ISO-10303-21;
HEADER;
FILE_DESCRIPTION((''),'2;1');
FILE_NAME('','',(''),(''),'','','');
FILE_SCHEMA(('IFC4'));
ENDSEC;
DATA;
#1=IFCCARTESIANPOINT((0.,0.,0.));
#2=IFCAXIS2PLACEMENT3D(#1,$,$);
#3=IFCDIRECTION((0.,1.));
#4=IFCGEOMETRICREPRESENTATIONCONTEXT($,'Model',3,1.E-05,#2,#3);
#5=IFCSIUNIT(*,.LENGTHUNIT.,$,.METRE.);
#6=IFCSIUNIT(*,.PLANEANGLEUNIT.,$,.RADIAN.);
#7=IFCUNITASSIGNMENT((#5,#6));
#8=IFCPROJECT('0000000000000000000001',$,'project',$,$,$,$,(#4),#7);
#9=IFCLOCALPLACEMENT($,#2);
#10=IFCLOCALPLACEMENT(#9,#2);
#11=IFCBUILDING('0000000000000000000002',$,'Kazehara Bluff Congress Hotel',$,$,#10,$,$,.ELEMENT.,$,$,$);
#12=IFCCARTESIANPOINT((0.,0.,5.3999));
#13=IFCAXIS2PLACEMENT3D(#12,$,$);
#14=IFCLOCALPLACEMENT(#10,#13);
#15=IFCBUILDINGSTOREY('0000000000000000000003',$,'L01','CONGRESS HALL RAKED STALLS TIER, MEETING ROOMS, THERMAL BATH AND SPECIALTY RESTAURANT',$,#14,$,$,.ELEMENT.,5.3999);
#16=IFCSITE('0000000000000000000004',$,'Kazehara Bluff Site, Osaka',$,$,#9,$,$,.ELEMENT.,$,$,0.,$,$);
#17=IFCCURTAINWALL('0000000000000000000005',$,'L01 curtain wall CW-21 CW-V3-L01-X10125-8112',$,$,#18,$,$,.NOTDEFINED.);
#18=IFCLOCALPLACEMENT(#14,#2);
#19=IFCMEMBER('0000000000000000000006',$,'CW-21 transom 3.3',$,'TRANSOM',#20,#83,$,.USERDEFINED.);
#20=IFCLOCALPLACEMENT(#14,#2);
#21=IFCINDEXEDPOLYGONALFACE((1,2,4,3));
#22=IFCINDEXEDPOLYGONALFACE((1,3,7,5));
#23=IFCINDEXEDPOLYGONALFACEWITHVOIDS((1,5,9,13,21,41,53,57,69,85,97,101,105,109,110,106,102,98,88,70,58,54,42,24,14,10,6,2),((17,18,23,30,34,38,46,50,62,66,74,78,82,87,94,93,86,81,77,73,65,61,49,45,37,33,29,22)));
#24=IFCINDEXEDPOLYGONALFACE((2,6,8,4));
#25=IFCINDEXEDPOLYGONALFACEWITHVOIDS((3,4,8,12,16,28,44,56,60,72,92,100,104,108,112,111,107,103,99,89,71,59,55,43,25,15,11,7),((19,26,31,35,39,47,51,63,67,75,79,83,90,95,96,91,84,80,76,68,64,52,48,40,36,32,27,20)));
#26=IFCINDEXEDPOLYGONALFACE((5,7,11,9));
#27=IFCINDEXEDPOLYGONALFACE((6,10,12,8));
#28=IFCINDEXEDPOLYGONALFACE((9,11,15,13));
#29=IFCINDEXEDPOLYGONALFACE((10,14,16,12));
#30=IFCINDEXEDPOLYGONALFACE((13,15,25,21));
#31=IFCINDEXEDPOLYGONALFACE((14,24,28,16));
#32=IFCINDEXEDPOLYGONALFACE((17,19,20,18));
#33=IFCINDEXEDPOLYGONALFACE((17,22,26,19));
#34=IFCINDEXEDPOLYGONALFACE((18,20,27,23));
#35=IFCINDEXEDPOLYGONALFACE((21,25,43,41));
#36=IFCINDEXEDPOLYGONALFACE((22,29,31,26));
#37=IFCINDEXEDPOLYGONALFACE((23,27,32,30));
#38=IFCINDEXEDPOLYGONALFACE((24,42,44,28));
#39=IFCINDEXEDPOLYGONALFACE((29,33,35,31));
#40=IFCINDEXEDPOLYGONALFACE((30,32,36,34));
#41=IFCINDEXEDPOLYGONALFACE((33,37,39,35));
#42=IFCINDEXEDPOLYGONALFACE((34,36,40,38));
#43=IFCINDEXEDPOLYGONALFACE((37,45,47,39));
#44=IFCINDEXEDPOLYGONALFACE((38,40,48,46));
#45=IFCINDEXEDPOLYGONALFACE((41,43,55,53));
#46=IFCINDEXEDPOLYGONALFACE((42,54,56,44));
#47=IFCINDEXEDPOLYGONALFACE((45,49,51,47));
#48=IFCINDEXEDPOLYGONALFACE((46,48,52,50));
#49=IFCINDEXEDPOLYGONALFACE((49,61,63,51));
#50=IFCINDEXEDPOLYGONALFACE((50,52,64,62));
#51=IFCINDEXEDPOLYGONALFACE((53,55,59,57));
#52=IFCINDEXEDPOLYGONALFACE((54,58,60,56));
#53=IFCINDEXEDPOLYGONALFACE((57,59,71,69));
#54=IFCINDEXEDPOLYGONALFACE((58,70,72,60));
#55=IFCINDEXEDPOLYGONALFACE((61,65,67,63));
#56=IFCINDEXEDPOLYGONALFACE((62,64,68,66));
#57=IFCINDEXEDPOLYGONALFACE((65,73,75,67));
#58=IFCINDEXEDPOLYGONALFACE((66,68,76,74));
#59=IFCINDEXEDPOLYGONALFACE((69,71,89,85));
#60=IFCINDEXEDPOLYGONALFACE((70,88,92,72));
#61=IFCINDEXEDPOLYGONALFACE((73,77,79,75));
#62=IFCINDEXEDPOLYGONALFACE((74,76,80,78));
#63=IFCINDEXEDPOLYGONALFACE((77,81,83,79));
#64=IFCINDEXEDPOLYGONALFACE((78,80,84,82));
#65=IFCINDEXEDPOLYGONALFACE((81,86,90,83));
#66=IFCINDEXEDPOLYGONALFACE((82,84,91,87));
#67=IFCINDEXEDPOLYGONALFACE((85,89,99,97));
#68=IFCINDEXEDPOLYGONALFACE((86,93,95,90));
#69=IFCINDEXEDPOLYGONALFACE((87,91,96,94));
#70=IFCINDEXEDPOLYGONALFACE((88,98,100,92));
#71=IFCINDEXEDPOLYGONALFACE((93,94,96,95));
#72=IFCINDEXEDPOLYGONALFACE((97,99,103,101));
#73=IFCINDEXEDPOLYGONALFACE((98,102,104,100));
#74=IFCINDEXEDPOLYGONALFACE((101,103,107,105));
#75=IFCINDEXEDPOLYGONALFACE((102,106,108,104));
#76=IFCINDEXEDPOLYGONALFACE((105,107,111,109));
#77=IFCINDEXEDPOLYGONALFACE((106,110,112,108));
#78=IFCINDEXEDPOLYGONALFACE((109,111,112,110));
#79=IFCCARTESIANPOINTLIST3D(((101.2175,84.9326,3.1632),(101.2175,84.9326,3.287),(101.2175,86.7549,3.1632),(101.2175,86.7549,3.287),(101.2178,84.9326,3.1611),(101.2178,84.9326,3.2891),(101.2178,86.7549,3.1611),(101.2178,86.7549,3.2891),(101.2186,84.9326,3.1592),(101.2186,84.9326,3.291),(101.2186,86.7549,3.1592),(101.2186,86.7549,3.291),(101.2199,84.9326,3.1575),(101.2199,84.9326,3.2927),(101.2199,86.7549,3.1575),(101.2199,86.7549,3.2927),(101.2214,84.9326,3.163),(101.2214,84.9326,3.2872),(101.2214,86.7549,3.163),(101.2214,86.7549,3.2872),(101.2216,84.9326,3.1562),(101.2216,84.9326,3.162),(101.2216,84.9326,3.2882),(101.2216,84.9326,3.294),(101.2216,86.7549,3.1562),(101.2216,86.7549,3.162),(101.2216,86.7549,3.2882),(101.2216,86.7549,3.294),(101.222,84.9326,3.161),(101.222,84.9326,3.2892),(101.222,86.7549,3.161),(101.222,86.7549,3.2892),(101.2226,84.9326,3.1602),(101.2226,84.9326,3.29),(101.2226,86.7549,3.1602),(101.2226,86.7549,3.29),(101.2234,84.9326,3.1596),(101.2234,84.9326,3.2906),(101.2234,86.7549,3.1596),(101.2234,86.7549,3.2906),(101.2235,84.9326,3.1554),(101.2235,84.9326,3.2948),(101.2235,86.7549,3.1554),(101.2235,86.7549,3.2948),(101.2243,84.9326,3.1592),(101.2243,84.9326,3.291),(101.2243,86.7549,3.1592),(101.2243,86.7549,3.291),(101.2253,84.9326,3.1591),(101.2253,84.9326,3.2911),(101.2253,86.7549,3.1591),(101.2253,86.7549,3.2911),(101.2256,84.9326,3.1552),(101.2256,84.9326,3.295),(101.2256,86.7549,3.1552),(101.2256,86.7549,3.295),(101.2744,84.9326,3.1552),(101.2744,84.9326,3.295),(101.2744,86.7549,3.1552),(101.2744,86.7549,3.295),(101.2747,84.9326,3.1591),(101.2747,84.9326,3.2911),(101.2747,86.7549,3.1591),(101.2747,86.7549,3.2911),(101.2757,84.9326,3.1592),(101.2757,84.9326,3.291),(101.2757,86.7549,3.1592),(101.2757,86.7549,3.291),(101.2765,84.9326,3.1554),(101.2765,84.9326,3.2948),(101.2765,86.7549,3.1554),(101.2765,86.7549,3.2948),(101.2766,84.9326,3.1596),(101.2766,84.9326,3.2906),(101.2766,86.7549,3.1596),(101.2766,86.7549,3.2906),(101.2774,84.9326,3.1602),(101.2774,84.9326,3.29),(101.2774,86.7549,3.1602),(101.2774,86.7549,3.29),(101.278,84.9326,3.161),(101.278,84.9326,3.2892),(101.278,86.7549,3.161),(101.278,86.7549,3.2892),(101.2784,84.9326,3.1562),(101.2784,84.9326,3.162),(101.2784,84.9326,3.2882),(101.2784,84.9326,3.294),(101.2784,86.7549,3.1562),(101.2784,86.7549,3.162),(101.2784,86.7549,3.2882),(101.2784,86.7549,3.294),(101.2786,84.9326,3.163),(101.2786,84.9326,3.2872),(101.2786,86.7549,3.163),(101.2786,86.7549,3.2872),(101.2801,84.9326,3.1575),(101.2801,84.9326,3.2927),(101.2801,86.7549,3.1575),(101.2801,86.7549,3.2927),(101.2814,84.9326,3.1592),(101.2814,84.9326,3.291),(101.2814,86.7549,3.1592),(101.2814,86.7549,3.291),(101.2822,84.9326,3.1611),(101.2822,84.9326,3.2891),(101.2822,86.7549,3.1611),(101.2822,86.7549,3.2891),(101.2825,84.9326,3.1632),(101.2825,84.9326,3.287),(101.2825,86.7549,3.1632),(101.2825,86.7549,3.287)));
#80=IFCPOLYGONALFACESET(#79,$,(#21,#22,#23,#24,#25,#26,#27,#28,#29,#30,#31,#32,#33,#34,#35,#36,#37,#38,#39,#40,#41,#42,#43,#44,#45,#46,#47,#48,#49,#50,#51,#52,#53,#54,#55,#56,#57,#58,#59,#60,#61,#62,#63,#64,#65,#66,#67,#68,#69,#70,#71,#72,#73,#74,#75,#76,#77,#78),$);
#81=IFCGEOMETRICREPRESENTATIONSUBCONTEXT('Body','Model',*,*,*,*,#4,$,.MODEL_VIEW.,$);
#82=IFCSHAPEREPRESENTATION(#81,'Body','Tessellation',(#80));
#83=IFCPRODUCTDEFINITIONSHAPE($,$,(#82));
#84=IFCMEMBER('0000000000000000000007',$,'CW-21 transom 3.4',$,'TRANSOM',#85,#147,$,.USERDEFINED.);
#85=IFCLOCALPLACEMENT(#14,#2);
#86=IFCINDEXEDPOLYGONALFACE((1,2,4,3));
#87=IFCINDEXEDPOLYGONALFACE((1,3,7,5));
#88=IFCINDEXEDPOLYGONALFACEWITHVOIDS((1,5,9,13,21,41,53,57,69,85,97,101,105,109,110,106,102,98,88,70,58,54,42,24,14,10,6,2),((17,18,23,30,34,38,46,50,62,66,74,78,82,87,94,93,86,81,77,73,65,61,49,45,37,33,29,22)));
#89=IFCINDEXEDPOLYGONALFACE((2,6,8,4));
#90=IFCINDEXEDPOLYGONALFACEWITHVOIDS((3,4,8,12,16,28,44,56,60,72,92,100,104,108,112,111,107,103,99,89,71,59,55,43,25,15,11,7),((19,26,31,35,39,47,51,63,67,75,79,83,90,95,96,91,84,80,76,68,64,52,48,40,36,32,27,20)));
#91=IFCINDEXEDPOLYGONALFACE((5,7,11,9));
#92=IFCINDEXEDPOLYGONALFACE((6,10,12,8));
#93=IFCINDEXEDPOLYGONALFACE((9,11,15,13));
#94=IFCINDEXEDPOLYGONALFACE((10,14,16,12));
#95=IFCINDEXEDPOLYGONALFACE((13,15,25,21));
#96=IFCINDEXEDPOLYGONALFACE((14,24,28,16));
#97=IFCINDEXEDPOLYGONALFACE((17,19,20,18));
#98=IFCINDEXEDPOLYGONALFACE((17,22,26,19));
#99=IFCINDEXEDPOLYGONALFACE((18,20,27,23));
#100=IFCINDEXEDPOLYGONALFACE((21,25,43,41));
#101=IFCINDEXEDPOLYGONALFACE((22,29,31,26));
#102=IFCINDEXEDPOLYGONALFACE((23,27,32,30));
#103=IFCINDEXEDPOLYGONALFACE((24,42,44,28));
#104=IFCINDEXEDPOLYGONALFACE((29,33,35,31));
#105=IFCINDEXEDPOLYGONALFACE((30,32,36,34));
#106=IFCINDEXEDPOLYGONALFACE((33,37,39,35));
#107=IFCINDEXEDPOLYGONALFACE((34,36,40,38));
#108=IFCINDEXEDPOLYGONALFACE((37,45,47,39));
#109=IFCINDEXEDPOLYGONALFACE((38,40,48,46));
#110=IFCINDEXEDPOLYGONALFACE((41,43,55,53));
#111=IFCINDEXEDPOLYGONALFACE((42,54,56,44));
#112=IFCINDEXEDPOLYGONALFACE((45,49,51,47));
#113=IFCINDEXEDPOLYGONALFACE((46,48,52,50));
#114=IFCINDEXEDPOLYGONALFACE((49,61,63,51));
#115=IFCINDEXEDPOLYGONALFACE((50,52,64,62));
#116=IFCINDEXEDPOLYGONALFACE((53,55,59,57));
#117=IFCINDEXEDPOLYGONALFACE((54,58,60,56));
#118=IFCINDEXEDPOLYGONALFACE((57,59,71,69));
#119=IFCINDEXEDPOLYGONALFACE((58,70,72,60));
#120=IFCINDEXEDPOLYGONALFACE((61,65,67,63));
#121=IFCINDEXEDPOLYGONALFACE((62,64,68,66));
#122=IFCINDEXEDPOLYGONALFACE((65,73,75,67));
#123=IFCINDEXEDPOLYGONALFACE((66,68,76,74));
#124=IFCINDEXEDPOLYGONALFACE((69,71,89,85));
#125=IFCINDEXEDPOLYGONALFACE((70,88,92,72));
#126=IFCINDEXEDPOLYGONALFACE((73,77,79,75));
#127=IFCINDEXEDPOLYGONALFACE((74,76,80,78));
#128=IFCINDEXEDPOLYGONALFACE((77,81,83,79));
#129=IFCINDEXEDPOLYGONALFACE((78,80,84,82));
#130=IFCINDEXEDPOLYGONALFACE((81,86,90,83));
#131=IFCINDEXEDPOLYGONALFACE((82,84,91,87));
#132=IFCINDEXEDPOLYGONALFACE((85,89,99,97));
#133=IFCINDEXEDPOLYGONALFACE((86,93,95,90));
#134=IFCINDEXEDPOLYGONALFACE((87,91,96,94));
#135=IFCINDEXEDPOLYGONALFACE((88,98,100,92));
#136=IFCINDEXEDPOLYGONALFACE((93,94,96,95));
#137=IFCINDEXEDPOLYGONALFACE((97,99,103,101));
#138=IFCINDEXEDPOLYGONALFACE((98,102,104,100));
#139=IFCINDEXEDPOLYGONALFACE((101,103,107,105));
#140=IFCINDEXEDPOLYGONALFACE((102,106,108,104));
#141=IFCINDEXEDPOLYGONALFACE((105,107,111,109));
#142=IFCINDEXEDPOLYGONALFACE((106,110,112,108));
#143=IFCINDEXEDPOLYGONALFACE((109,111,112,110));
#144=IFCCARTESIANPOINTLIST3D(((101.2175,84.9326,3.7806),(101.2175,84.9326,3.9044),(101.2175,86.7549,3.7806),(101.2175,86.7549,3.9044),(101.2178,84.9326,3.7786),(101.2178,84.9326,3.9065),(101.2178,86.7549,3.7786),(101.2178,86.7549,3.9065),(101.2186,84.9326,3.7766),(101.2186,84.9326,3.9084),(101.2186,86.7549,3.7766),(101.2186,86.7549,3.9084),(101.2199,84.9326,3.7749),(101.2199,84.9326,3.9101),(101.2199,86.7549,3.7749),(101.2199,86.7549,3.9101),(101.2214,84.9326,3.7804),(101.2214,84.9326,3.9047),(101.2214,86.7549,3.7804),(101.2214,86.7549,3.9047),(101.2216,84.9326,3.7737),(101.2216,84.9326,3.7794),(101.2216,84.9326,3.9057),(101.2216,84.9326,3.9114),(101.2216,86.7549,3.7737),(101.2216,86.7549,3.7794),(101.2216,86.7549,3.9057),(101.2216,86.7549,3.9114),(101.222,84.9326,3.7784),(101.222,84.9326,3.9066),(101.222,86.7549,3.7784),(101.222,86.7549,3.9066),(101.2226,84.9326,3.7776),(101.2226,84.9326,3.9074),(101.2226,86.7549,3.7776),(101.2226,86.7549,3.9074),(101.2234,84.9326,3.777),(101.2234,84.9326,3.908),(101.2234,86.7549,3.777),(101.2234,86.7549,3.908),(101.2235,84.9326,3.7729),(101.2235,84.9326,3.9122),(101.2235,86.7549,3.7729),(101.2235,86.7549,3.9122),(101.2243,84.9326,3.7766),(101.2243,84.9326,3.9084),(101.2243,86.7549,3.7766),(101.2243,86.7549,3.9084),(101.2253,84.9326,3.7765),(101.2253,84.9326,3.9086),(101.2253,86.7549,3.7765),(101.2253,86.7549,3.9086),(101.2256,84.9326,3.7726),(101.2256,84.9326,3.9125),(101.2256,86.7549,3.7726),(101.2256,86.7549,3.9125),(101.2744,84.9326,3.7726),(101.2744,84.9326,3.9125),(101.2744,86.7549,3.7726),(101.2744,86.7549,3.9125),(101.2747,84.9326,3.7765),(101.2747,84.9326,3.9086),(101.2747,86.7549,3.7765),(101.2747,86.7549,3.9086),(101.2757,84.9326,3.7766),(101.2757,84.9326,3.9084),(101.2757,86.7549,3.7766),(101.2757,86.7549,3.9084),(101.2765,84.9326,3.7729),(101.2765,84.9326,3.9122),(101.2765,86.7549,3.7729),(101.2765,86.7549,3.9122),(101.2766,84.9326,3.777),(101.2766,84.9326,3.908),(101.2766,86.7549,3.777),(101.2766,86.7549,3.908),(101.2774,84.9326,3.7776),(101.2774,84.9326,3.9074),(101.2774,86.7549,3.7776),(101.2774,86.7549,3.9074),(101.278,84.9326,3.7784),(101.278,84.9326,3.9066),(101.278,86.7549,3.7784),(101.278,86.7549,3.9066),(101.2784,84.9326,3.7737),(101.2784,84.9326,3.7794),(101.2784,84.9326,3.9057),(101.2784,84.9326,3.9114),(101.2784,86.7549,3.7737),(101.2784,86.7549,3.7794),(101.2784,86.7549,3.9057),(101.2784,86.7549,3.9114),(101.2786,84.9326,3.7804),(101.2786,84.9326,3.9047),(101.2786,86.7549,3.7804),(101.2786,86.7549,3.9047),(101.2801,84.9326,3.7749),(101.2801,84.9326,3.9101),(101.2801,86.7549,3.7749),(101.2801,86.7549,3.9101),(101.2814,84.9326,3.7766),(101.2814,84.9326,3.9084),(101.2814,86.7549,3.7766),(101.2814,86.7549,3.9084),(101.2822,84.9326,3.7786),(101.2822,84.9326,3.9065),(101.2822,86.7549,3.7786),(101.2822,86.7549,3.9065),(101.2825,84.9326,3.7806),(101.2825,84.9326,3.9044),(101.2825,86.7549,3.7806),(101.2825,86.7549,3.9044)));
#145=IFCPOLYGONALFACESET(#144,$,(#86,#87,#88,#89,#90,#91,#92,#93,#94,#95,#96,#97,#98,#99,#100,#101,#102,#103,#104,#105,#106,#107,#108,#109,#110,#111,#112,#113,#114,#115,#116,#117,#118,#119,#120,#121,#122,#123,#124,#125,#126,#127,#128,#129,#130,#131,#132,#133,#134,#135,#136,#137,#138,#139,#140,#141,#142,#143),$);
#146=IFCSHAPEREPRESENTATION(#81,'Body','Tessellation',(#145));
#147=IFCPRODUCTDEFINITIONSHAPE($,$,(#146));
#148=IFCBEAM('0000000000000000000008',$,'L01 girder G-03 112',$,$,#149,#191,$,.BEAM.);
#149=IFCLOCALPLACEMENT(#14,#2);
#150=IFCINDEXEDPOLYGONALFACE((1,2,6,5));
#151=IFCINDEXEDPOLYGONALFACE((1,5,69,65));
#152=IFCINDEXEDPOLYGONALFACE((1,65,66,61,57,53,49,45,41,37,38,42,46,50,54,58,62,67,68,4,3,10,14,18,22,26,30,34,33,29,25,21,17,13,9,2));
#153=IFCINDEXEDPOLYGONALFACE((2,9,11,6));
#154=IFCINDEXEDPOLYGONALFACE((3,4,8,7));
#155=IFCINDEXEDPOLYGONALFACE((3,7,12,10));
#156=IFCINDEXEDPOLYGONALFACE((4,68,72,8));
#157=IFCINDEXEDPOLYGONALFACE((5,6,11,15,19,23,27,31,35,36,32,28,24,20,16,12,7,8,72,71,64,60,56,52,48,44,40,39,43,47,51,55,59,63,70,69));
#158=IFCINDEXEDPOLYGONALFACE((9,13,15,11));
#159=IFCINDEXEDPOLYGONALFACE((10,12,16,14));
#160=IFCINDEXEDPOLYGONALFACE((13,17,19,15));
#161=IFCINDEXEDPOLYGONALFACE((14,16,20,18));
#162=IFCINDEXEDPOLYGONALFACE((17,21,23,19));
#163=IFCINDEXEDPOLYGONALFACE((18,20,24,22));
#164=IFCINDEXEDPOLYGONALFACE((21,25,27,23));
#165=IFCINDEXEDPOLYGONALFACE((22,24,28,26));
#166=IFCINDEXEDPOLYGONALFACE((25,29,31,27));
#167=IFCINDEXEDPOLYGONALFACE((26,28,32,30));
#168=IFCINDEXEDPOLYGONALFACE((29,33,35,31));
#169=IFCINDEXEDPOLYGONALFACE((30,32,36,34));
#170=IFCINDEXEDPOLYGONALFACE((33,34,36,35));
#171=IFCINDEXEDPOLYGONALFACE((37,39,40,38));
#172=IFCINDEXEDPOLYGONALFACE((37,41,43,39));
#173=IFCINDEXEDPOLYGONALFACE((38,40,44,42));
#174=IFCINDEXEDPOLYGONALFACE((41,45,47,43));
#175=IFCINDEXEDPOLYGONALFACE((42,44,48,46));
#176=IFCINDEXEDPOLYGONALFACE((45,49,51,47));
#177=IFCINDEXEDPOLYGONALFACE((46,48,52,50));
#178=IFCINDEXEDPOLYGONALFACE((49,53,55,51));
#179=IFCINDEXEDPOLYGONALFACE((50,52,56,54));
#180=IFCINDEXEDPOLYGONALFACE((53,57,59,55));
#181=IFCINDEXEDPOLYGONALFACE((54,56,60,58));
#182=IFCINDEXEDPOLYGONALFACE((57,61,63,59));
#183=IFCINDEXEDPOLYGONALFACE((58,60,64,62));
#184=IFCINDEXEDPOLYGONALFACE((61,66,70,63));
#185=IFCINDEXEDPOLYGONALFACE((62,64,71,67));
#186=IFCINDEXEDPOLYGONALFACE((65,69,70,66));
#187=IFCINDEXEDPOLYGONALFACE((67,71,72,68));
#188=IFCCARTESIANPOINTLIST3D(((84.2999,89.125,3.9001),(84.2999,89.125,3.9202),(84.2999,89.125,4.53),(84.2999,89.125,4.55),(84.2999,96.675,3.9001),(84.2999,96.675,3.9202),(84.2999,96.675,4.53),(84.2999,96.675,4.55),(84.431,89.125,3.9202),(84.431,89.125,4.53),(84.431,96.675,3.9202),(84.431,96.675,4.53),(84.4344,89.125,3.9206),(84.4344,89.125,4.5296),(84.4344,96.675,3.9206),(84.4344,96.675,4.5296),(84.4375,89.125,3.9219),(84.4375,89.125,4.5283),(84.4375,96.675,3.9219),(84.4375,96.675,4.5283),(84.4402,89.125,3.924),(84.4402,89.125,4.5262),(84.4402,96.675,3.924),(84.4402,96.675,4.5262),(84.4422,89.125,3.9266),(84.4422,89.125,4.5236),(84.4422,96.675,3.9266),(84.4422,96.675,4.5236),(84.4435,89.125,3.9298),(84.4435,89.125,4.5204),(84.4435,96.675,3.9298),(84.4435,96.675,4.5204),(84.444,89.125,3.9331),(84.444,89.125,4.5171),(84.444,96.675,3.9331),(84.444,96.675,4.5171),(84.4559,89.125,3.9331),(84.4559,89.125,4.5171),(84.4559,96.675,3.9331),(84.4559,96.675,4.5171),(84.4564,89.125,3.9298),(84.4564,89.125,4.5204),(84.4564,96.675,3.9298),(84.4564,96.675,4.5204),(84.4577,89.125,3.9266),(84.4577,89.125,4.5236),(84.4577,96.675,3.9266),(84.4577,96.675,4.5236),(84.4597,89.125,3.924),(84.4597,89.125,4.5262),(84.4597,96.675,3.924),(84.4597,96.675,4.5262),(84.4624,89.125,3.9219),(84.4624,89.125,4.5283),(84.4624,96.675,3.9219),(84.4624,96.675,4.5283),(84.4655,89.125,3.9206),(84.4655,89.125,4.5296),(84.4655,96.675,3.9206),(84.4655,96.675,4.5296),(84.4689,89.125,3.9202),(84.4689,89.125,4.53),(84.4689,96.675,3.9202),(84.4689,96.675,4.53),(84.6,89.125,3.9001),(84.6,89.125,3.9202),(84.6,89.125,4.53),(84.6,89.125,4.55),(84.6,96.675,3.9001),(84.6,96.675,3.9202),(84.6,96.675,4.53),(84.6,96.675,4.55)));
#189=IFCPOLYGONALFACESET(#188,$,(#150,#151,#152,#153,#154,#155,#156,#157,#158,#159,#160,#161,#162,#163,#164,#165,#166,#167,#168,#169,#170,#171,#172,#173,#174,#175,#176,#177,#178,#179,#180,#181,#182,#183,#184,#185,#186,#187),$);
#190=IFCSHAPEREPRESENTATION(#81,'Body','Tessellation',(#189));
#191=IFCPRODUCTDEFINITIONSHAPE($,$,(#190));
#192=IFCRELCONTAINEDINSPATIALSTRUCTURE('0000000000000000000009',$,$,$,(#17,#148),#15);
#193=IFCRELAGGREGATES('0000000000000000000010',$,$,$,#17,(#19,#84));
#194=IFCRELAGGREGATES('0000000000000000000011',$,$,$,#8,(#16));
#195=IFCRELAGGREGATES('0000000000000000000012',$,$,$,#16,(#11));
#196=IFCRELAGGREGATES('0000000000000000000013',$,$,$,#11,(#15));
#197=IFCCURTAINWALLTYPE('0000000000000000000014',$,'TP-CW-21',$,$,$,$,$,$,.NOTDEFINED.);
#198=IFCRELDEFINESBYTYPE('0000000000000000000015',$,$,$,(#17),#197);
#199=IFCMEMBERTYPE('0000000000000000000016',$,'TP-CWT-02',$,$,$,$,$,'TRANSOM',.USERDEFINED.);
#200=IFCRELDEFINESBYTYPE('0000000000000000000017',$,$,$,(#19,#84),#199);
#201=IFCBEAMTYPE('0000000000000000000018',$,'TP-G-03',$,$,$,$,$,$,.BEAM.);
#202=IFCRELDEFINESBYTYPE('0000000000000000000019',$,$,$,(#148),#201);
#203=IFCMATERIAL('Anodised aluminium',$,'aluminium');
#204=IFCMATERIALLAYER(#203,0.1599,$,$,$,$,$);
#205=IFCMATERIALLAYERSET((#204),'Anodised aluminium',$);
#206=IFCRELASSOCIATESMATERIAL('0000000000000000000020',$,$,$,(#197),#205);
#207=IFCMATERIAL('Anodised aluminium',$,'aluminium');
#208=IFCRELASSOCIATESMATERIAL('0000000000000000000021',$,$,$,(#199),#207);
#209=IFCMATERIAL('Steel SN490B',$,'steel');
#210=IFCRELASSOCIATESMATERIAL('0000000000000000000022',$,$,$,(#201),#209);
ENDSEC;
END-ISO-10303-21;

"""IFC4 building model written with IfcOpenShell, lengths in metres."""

from ifc_helpers import new_model, si_unit, direction, frame, origin, origin_2d, place, context, subcontext, project, spatial, hollow_rectangle, i_section, extrude, material, layer, layer_set, material_profile, profile_set, type_object, element, aggregate, save


model = new_model("IFC4")

# Units and contexts
model_context = context("Model", 3, precision=1e-05, world=origin(), true_north=direction((0.0, 1.0)))
body_context = subcontext(model_context, "Body", "Model", "MODEL_VIEW")
ifc_project = project(units=[si_unit("LENGTHUNIT", "METRE"), si_unit("PLANEANGLEUNIT", "RADIAN")], contexts=[model_context])

# Site, building, storey
site_placement = place(None, origin())
site = spatial("IfcSite", under=ifc_project, at=site_placement, Name="Kazehara Bluff Site, Osaka", CompositionType="ELEMENT", RefElevation=0.0)
building_placement = place(site_placement, origin())
building = spatial("IfcBuilding", under=site, at=building_placement, Name="Kazehara Bluff Congress Hotel", CompositionType="ELEMENT")
storey_placement = place(building_placement, frame((0.0, 0.0, 5.3999)))
storey = spatial("IfcBuildingStorey", under=building, at=storey_placement, Name="L01", Description="CONGRESS HALL RAKED STALLS TIER, MEETING ROOMS, THERMAL BATH AND SPECIALTY RESTAURANT", CompositionType="ELEMENT", Elevation=5.3999)

# Curtain wall, members
ifc_material_1 = material(Name="Anodised aluminium", Category="aluminium")
ifc_layer_1 = layer(ifc_material_1, 0.1599)
ifc_layer_set_1 = layer_set([ifc_layer_1], Name="Anodised aluminium")
curtain_wall_type = type_object("IfcCurtainWallType", Name="TP-CW-21", PredefinedType="NOTDEFINED", material=ifc_layer_set_1)
curtain_wall_placement = place(storey_placement, origin())
curtain_wall = element("IfcCurtainWall", 1, at=curtain_wall_placement, inside=storey, type_object=curtain_wall_type, Name="L01 curtain wall CW-21 CW-V3-L01-X10125-8112", PredefinedType="NOTDEFINED")
ifc_material_2 = material(Name="Anodised aluminium", Category="aluminium")
ifc_material_profile_1 = material_profile(ifc_material_2, hollow_rectangle(XDim=0.0649, YDim=0.1399, WallThickness=0.0039, InnerFilletRadius=0.0039, OuterFilletRadius=0.0081, at=origin_2d()))
ifc_profile_set_1 = profile_set([ifc_material_profile_1], Name="Anodised aluminium")
member_type_1 = type_object("IfcMemberType", Name="TP-CWT-02", ElementType="TRANSOM", PredefinedType="USERDEFINED", material=ifc_profile_set_1)
member_1_placement = place(storey_placement, frame((101.25, 84.9326, 3.2251), z_axis=(0.0, 1.0, 0.0), x_axis=(-1.0, 0.0, 0.0)))
member_1 = element("IfcMember", 2, at=member_1_placement, type_object=member_type_1, Name="CW-21 transom 3.3", ObjectType="TRANSOM", PredefinedType="USERDEFINED", context=body_context, shape_type="SweptSolid", body=[
    extrude(hollow_rectangle(XDim=0.0649, YDim=0.1399, WallThickness=0.0039, InnerFilletRadius=0.0039, OuterFilletRadius=0.0081, at=origin_2d()), origin(), (0.0, 0.0, 1.0), 1.8223),
])
member_2_placement = place(storey_placement, frame((101.25, 84.9326, 3.8425), z_axis=(0.0, 1.0, 0.0), x_axis=(-1.0, 0.0, 0.0)))
member_2 = element("IfcMember", 3, at=member_2_placement, type_object=member_type_1, Name="CW-21 transom 3.4", ObjectType="TRANSOM", PredefinedType="USERDEFINED", context=body_context, shape_type="SweptSolid", body=[
    extrude(hollow_rectangle(XDim=0.0649, YDim=0.1399, WallThickness=0.0039, InnerFilletRadius=0.0039, OuterFilletRadius=0.0081, at=origin_2d()), origin(), (0.0, 0.0, 1.0), 1.8223),
])

# Beam
ifc_material_3 = material(Name="Steel SN490B", Category="steel")
ifc_material_profile_2 = material_profile(ifc_material_3, i_section(OverallWidth=0.3, OverallDepth=0.6499, WebThickness=0.012, FlangeThickness=0.02, FilletRadius=0.0129, at=origin_2d()))
ifc_profile_set_2 = profile_set([ifc_material_profile_2], Name="Steel SN490B")
beam_type_1 = type_object("IfcBeamType", Name="TP-G-03", PredefinedType="BEAM", material=ifc_profile_set_2)
beam_1_placement = place(storey_placement, frame((84.45, 89.125, 4.2251), z_axis=(0.0, 1.0, 0.0), x_axis=(-1.0, 0.0, 0.0)))
element("IfcBeam", 4, at=beam_1_placement, inside=storey, type_object=beam_type_1, Name="L01 girder G-03 112", PredefinedType="BEAM", context=body_context, shape_type="SweptSolid", body=[
    extrude(i_section(OverallWidth=0.3, OverallDepth=0.6499, WebThickness=0.012, FlangeThickness=0.02, FilletRadius=0.0129, at=origin_2d()), origin(), (0.0, 0.0, 1.0), 7.55),
])

aggregate(curtain_wall, [member_1, member_2])

save(model, "model.ifc")
